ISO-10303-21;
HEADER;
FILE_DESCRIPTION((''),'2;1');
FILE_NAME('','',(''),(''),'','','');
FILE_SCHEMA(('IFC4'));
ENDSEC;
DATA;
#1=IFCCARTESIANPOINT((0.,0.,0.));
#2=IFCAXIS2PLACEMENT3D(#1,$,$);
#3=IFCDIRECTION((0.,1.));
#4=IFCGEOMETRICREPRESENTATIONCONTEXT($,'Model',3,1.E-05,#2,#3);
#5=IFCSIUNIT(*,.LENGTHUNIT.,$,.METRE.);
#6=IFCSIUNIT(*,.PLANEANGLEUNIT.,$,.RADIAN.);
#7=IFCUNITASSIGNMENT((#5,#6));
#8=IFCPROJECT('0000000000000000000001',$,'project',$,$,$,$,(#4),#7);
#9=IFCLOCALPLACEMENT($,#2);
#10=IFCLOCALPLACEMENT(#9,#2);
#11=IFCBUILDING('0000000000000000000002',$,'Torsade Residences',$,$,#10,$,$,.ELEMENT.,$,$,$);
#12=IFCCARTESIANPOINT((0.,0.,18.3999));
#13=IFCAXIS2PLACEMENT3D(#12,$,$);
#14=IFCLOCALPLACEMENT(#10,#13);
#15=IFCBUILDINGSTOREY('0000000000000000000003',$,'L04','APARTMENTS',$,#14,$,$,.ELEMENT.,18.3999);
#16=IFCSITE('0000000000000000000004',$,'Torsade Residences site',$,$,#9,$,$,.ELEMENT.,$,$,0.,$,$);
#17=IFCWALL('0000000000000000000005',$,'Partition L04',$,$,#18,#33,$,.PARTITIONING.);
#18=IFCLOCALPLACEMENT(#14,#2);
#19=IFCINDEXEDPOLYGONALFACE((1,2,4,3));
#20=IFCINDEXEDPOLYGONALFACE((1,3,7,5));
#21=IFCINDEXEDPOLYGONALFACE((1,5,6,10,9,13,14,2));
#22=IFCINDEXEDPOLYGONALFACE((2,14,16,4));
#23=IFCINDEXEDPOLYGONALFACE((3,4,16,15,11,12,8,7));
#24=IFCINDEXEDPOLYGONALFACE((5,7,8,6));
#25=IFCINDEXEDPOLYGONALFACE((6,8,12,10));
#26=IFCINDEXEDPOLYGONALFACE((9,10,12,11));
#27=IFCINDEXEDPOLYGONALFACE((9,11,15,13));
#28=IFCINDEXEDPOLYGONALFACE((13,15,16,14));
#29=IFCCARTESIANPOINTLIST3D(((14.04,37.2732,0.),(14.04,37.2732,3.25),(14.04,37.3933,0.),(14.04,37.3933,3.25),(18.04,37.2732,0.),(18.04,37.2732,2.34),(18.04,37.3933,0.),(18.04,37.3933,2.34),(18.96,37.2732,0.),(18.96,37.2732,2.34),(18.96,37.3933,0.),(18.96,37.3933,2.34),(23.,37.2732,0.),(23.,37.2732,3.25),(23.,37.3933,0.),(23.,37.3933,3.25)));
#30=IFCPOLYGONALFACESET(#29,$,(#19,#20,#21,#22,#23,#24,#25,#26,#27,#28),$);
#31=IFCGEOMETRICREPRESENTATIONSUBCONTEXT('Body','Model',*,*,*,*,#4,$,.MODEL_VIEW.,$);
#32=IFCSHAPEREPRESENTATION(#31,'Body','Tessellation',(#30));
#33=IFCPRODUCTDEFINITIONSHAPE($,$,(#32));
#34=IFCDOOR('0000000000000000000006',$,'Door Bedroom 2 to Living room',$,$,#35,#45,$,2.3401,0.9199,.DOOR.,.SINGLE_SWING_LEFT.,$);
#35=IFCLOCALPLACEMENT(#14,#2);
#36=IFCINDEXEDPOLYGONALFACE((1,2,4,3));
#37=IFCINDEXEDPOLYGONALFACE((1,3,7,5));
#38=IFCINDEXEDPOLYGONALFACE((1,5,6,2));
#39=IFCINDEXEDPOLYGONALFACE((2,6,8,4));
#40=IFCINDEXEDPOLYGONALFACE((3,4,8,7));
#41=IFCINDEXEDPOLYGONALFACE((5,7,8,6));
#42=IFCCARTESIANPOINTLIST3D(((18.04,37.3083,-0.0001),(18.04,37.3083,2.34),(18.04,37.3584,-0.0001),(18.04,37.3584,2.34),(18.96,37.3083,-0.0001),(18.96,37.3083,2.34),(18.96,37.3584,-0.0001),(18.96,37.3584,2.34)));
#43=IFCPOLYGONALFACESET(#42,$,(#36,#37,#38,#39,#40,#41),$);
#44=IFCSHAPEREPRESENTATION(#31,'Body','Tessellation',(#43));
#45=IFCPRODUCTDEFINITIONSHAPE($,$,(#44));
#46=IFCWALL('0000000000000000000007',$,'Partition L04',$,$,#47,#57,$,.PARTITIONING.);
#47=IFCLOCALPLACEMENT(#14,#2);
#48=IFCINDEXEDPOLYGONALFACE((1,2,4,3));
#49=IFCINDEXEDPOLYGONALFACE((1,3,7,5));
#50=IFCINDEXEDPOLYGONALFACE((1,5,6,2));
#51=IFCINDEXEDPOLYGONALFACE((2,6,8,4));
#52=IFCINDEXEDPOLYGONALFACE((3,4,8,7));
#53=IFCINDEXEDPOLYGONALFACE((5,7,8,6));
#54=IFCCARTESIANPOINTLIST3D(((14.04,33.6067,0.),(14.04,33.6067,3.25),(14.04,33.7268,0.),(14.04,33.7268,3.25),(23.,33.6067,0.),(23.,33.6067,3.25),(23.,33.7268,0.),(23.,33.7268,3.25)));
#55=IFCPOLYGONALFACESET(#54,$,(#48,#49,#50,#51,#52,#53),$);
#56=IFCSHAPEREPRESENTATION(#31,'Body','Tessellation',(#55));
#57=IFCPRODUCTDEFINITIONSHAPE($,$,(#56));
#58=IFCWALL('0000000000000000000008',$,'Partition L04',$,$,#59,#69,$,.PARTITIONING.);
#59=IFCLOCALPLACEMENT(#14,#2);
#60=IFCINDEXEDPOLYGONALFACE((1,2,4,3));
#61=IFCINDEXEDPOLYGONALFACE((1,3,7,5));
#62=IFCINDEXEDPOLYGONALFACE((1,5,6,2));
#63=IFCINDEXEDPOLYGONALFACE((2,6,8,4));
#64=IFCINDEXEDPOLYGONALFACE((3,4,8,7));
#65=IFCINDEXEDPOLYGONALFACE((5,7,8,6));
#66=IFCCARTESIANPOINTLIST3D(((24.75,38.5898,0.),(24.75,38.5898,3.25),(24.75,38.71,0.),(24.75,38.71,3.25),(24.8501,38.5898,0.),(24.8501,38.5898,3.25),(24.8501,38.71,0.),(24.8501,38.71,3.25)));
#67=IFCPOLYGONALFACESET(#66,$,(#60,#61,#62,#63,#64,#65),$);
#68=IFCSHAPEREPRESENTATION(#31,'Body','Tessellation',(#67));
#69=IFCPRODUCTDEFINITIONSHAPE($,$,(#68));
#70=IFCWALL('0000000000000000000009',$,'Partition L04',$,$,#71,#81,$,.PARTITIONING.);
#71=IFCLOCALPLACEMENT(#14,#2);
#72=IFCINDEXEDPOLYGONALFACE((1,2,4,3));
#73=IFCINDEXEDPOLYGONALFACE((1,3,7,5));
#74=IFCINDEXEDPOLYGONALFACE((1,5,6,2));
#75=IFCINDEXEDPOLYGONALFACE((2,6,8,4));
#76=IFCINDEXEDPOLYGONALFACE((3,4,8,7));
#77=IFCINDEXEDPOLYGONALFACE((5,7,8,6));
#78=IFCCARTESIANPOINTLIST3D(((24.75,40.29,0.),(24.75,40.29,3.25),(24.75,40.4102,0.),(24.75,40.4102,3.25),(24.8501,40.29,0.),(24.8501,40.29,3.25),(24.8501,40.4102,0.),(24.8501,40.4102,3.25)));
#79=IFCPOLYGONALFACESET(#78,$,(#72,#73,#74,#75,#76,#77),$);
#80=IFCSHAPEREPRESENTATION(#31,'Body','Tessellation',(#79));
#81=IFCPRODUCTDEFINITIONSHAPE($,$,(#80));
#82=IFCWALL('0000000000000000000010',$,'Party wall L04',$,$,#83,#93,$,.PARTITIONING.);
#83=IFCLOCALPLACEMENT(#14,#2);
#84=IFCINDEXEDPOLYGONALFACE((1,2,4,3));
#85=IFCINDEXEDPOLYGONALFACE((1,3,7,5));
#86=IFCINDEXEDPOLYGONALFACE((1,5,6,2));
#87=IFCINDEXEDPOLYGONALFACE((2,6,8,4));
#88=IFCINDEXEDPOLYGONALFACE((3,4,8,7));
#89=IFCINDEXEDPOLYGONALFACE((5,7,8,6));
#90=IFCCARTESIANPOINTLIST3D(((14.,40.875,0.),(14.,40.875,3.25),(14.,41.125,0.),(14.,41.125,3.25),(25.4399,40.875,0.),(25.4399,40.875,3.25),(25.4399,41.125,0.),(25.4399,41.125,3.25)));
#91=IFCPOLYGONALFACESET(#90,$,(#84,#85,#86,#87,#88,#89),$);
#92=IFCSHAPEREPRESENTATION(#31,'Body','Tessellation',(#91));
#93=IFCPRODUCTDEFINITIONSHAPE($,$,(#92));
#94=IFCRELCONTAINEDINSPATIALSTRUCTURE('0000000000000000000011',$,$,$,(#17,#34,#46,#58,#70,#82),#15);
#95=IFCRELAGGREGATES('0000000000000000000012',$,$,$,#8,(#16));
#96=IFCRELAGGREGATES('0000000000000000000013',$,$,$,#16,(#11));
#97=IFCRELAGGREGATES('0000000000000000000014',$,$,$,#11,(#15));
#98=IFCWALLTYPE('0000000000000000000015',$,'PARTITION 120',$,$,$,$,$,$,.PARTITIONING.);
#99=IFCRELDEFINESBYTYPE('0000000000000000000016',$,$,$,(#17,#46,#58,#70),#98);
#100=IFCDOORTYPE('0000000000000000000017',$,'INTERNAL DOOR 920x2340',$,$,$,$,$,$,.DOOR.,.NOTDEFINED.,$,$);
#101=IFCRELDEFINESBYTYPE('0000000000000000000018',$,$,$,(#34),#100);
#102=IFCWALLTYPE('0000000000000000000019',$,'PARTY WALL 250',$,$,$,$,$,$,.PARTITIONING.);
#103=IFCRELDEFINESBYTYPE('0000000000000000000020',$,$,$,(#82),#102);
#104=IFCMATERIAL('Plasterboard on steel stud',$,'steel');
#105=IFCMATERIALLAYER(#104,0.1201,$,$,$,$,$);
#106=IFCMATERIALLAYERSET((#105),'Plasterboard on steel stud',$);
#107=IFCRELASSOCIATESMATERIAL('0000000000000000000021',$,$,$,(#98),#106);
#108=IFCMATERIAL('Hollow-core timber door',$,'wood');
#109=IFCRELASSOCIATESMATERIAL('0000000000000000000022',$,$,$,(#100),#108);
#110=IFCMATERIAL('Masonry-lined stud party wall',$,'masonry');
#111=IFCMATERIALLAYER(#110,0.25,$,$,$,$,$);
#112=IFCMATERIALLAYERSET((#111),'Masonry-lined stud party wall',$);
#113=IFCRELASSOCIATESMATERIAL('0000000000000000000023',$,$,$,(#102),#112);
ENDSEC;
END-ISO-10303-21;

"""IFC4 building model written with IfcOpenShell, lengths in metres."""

from ifc_helpers import new_model, si_unit, direction, frame, frame_2d, origin, place, context, subcontext, project, spatial, rectangle, extrude, material, layer, layer_set, type_object, element, fill, save


model = new_model("IFC4")

# Units and contexts
model_context = context("Model", 3, precision=1e-05, world=origin(), true_north=direction((0.0, 1.0)))
body_context = subcontext(model_context, "Body", "Model", "MODEL_VIEW")
ifc_project = project(units=[si_unit("LENGTHUNIT", "METRE"), si_unit("PLANEANGLEUNIT", "RADIAN")], contexts=[model_context])

# Site, building, storey
site_placement = place(None, origin())
site = spatial("IfcSite", under=ifc_project, at=site_placement, Name="Torsade Residences site", CompositionType="ELEMENT", RefElevation=0.0)
building_placement = place(site_placement, origin())
building = spatial("IfcBuilding", under=site, at=building_placement, Name="Torsade Residences", CompositionType="ELEMENT")
storey_placement = place(building_placement, frame((0.0, 0.0, 18.3999)))
storey = spatial("IfcBuildingStorey", under=building, at=storey_placement, Name="L04", Description="APARTMENTS", CompositionType="ELEMENT", Elevation=18.3999)

# Shared definitions
ifc_material_1 = material(Name="Plasterboard on steel stud", Category="steel")
ifc_layer_1 = layer(ifc_material_1, 0.1201)
ifc_layer_set_1 = layer_set([ifc_layer_1], Name="Plasterboard on steel stud")
wall_type_1 = type_object("IfcWallType", Name="PARTITION 120", PredefinedType="PARTITIONING", material=ifc_layer_set_1)
ifc_material_2 = material(Name="Hollow-core timber door", Category="wood")
door_type_1 = type_object("IfcDoorType", Name="INTERNAL DOOR 920x2340", OperationType="NOTDEFINED", PredefinedType="DOOR", material=ifc_material_2)

# Wall, opening, door
wall_1_placement = place(storey_placement, frame((23.0, 37.3333, 0.0), z_axis=(0.0, 0.0, 1.0), x_axis=(-1.0, 0.0, 0.0)))
wall_1 = element("IfcWall", 1, at=wall_1_placement, inside=storey, type_object=wall_type_1, Name="Partition L04", PredefinedType="PARTITIONING", context=body_context, shape_type="SweptSolid", body=[
    extrude(rectangle(XDim=8.96, YDim=0.1201, at=frame_2d((4.48, 0.0))), origin(), (0.0, 0.0, 1.0), 3.25),
])
opening_1_placement = place(wall_1_placement, frame((4.04, 0.0, 0.0)))
opening_1 = element("IfcOpeningElement", 2, at=opening_1_placement, cuts=wall_1, PredefinedType="OPENING", context=body_context, shape_type="SweptSolid", body=[
    extrude(rectangle(XDim=0.9199, YDim=2.3401, at=frame_2d((0.46, 1.1699))), frame((0.0, 0.0701, 0.0), z_axis=(0.0, -1.0, 0.0), x_axis=(1.0, 0.0, 0.0)), (0.0, 0.0, 1.0), 0.1401),
])
door_1_placement = place(opening_1_placement, origin())
door_1 = element("IfcDoor", 3, at=door_1_placement, inside=storey, type_object=door_type_1, Name="Door Bedroom 2 to Living room", OperationType="SINGLE_SWING_LEFT", OverallHeight=2.3401, OverallWidth=0.9199, PredefinedType="DOOR", context=body_context, shape_type="SweptSolid", body=[
    extrude(rectangle(XDim=0.9199, YDim=2.3401, at=frame_2d((0.46, 1.1699))), frame((0.0, 0.0249, 0.0), z_axis=(0.0, -1.0, 0.0), x_axis=(1.0, 0.0, 0.0)), (0.0, 0.0, 1.0), 0.05),
])
fill(opening_1, door_1)

# Walls
wall_2_placement = place(storey_placement, frame((14.04, 33.6667, 0.0), z_axis=(0.0, 0.0, 1.0), x_axis=(1.0, 0.0, 0.0)))
element("IfcWall", 4, at=wall_2_placement, inside=storey, type_object=wall_type_1, Name="Partition L04", PredefinedType="PARTITIONING", context=body_context, shape_type="SweptSolid", body=[
    extrude(rectangle(XDim=8.96, YDim=0.1201, at=frame_2d((4.48, 0.0))), origin(), (0.0, 0.0, 1.0), 3.25),
])
for number, where, z_axis, x_axis, name in (
    (5, (24.8501, 38.6499, 0.0), (0.0, 0.0, 1.0), (-1.0, 0.0, 0.0), "Partition L04"),
    (6, (24.8501, 40.3501, 0.0), (0.0, 0.0, 1.0), (-1.0, 0.0, 0.0), "Partition L04"),
):
    element("IfcWall", number, at=place(storey_placement, frame(where, z_axis=z_axis, x_axis=x_axis)), inside=storey, type_object=wall_type_1, Name=name, PredefinedType="PARTITIONING", context=body_context, shape_type="SweptSolid", body=[
        extrude(rectangle(XDim=0.1001, YDim=0.1201, at=frame_2d((0.05, 0.0))), origin(), (0.0, 0.0, 1.0), 3.25),
    ])
ifc_material_3 = material(Name="Masonry-lined stud party wall", Category="masonry")
ifc_layer_2 = layer(ifc_material_3, 0.25)
ifc_layer_set_2 = layer_set([ifc_layer_2], Name="Masonry-lined stud party wall")
wall_type_2 = type_object("IfcWallType", Name="PARTY WALL 250", PredefinedType="PARTITIONING", material=ifc_layer_set_2)
wall_3_placement = place(storey_placement, frame((14.0, 41.0, 0.0), z_axis=(0.0, 0.0, 1.0), x_axis=(1.0, 0.0, 0.0)))
element("IfcWall", 7, at=wall_3_placement, inside=storey, type_object=wall_type_2, Name="Party wall L04", PredefinedType="PARTITIONING", context=body_context, shape_type="SweptSolid", body=[
    extrude(rectangle(XDim=11.4399, YDim=0.25, at=frame_2d((5.72, 0.0))), origin(), (0.0, 0.0, 1.0), 3.25),
])

save(model, "model.ifc")
